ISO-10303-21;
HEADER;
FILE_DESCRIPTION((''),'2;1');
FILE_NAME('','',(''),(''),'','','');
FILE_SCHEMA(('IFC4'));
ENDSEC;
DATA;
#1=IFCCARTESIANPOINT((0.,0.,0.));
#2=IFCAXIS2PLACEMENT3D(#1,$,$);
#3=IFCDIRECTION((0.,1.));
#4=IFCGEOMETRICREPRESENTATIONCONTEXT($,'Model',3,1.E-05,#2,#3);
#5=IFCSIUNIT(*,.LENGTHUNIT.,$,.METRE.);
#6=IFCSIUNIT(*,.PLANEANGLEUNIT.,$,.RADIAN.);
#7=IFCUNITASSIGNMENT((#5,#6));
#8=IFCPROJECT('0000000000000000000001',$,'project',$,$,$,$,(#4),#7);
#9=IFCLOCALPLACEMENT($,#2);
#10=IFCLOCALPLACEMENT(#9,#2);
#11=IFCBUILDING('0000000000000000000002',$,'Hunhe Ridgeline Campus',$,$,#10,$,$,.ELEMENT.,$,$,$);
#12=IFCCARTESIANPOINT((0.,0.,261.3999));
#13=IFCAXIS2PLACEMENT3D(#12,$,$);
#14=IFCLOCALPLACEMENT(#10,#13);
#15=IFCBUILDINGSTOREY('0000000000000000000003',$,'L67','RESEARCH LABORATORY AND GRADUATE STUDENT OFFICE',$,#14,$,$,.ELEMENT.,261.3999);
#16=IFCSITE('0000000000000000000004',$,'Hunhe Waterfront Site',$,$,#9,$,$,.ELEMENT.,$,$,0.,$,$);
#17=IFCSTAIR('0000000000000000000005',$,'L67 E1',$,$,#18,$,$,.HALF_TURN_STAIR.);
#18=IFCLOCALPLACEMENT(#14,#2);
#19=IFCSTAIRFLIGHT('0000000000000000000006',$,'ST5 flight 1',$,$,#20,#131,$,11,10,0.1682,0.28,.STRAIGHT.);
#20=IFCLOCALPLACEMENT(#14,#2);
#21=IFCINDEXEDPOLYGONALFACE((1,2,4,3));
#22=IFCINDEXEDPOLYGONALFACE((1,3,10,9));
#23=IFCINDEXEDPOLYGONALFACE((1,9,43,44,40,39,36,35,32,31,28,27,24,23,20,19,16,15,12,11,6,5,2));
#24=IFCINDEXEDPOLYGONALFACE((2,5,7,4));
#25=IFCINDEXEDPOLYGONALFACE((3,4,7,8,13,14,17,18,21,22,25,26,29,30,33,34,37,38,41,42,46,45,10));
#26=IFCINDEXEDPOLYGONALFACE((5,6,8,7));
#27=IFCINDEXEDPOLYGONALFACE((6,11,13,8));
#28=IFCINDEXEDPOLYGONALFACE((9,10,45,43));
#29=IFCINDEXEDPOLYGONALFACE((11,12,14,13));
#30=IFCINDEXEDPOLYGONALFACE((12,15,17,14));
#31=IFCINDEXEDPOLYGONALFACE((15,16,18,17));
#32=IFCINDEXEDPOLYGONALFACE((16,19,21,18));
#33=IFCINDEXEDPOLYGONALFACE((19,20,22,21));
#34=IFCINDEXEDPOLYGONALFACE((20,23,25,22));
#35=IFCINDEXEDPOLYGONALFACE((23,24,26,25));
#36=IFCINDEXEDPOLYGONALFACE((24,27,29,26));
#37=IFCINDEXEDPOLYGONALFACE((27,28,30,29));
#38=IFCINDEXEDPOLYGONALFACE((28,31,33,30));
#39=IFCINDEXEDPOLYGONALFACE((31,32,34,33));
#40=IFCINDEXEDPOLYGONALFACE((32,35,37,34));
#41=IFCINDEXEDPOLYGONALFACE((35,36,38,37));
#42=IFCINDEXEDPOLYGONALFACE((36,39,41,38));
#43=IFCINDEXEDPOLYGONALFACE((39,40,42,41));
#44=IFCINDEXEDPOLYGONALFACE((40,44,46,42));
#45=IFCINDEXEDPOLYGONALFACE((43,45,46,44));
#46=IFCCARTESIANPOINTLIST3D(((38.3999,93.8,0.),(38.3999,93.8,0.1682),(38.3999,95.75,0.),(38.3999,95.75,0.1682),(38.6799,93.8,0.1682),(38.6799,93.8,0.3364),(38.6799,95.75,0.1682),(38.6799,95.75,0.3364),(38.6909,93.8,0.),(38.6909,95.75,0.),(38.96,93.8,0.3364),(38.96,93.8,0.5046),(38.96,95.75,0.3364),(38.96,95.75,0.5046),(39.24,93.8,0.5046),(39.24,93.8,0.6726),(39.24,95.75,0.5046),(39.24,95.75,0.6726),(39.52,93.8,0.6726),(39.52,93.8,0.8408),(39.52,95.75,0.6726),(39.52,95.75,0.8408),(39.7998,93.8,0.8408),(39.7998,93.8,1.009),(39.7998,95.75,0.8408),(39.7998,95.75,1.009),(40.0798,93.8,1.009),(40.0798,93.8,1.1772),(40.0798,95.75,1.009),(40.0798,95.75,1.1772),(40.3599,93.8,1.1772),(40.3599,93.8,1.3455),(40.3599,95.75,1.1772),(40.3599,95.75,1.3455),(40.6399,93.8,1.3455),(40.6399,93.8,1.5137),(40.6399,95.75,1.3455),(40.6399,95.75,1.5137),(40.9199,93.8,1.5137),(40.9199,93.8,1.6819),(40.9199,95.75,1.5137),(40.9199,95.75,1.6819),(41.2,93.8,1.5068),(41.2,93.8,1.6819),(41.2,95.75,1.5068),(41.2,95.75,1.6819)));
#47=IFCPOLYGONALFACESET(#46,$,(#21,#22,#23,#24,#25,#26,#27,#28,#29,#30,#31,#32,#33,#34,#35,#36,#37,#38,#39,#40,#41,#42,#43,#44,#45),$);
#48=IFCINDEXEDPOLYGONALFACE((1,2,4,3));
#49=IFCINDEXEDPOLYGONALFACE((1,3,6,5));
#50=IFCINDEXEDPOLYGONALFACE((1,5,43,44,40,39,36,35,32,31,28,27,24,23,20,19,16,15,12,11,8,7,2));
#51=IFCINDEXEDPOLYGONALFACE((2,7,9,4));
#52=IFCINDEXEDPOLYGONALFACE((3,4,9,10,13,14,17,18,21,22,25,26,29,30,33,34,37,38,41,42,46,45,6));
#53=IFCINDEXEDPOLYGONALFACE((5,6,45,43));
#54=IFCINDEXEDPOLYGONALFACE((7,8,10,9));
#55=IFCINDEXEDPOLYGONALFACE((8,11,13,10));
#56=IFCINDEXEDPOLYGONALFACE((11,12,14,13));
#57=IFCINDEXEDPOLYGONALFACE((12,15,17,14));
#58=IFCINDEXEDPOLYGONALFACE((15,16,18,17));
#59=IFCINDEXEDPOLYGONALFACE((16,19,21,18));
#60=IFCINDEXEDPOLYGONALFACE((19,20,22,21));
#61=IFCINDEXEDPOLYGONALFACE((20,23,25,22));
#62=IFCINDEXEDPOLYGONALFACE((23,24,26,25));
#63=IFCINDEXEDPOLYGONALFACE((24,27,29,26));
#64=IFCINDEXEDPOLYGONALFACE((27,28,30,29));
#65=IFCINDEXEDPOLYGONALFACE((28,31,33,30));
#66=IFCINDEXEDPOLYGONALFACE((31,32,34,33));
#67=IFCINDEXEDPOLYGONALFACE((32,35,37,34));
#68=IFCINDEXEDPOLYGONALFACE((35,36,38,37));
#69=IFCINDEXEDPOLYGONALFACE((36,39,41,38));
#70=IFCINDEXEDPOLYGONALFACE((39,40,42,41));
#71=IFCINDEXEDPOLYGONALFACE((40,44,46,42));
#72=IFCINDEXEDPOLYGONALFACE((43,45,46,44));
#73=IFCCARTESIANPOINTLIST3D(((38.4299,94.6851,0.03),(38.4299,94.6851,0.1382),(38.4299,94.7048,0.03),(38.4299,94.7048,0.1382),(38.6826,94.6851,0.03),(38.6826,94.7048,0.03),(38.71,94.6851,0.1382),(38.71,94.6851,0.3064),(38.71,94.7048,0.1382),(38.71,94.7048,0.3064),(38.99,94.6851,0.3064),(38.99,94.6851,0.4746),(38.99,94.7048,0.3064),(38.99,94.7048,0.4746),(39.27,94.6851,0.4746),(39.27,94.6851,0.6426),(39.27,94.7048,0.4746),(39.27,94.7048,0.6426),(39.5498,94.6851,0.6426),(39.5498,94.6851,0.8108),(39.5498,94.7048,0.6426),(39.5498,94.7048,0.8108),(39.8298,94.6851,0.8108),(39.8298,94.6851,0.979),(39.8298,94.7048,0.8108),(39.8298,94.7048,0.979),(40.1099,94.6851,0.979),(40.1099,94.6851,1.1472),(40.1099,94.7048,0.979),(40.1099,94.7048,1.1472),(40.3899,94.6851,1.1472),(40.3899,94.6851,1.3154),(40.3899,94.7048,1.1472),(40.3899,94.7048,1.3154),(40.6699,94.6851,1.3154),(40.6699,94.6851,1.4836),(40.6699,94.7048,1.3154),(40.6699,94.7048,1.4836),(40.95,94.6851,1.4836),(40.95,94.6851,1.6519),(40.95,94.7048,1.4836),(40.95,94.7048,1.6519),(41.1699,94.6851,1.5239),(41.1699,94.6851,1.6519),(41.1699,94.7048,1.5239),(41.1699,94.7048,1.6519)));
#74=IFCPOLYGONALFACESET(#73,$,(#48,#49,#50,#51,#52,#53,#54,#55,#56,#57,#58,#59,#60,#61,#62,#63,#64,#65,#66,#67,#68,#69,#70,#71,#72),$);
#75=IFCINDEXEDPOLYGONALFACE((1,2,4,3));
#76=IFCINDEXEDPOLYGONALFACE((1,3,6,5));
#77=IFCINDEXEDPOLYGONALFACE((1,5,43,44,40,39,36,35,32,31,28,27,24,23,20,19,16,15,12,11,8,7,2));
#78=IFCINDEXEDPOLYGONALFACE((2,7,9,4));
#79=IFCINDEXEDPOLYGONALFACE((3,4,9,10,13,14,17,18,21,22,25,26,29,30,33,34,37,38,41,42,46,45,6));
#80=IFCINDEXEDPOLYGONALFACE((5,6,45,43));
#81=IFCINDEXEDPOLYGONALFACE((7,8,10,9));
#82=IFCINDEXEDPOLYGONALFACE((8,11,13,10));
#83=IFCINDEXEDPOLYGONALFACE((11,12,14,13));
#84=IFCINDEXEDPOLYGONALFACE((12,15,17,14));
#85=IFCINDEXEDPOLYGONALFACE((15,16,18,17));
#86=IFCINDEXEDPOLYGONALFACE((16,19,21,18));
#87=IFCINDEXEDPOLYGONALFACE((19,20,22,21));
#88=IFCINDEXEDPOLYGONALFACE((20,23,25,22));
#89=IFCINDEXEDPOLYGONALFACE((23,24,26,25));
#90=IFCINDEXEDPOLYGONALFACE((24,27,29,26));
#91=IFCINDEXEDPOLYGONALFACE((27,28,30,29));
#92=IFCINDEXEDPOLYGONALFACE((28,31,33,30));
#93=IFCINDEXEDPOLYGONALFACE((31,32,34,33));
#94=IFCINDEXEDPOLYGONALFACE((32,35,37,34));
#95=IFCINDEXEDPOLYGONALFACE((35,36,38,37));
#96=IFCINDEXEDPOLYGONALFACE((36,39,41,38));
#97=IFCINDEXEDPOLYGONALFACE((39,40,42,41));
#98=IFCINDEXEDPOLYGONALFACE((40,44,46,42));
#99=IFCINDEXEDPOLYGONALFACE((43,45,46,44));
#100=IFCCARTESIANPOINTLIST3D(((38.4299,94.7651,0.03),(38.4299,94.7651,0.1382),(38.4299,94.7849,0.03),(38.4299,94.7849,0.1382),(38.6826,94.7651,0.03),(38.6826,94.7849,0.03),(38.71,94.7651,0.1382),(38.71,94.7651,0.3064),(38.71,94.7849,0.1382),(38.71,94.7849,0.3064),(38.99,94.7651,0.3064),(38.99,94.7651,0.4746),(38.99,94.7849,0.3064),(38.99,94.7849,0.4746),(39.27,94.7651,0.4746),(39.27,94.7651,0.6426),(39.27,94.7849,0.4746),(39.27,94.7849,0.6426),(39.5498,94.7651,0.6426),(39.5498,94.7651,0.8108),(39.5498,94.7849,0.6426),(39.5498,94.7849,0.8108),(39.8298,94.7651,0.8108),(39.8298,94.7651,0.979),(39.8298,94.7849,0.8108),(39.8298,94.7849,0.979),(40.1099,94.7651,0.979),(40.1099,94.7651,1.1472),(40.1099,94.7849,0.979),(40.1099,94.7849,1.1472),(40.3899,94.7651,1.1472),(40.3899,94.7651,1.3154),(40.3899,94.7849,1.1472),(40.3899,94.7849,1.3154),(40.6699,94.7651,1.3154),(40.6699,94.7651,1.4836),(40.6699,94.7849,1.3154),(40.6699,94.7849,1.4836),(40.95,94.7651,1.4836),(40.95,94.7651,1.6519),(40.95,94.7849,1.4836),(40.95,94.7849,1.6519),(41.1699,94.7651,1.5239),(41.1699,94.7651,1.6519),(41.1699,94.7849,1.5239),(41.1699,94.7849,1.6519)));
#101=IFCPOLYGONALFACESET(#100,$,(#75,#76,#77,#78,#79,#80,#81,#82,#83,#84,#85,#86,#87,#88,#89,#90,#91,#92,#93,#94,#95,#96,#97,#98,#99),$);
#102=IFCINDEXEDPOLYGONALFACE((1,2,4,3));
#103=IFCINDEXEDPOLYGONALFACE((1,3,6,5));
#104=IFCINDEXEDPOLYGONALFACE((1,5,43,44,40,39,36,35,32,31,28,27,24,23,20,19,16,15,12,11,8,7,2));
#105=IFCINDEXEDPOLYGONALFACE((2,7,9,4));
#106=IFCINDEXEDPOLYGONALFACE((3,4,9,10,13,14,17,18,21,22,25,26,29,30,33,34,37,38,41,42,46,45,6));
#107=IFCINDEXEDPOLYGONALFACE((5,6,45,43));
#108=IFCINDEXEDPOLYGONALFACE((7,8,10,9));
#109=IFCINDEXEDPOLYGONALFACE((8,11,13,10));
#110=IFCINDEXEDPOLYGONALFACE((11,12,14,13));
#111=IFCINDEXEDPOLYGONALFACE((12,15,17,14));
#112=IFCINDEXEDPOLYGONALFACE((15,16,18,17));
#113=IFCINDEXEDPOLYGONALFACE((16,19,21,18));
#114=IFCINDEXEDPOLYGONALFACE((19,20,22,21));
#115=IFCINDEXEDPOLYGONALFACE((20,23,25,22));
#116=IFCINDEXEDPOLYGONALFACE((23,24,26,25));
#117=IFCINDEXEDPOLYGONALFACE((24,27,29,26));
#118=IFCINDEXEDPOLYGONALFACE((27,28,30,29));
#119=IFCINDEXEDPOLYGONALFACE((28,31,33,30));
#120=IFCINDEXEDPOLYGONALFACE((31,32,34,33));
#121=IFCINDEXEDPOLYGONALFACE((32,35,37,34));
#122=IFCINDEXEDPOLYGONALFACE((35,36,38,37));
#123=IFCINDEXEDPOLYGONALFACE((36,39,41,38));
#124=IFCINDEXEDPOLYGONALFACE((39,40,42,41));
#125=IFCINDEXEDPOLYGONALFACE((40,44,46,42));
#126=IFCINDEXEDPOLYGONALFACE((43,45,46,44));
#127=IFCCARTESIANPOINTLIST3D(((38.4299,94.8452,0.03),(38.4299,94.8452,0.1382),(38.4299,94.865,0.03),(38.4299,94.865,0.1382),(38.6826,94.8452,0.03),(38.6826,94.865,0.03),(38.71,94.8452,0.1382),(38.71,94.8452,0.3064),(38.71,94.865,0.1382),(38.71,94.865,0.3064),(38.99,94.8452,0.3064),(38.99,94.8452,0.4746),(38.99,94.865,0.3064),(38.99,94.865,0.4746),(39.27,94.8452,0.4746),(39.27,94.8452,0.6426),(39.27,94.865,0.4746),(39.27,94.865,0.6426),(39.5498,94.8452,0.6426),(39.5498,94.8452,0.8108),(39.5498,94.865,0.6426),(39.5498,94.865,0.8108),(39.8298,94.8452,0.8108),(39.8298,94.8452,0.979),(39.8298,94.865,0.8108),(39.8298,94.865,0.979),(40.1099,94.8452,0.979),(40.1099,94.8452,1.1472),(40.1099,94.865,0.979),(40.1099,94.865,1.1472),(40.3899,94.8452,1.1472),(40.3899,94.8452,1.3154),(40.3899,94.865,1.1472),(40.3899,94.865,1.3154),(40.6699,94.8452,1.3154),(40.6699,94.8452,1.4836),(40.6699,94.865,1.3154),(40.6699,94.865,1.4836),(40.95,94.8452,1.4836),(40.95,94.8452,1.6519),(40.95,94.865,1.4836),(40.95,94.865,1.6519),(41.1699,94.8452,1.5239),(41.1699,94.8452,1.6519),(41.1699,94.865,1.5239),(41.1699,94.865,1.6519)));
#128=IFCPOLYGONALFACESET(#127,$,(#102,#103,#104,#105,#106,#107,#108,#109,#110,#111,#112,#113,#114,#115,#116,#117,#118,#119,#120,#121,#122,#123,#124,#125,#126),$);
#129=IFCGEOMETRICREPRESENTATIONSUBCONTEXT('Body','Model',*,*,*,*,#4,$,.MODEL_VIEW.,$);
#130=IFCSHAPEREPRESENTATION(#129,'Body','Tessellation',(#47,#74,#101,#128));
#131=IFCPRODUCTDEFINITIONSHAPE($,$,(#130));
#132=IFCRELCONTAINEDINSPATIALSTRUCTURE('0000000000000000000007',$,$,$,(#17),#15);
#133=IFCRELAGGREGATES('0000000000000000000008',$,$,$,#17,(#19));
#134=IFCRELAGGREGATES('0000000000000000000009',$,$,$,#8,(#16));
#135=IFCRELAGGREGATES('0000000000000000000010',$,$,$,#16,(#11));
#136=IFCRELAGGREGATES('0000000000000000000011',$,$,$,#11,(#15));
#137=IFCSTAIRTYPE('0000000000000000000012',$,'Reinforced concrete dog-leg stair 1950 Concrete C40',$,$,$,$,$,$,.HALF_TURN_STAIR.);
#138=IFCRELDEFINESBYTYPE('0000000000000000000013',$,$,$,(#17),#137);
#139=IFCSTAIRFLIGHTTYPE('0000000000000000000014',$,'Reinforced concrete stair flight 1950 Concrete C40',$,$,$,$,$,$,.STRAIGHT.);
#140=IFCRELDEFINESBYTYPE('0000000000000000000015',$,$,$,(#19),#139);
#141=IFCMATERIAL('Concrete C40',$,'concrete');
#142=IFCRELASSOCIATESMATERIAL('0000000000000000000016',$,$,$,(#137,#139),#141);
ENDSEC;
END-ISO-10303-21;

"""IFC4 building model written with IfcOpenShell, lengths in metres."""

from ifc_helpers import new_model, si_unit, direction, frame, origin, place, context, subcontext, project, spatial, polyline, outline, extrude, material, type_object, element, aggregate, save


model = new_model("IFC4")

# Units and contexts
model_context = context("Model", 3, precision=1e-05, world=origin(), true_north=direction((0.0, 1.0)))
body_context = subcontext(model_context, "Body", "Model", "MODEL_VIEW")
ifc_project = project(units=[si_unit("LENGTHUNIT", "METRE"), si_unit("PLANEANGLEUNIT", "RADIAN")], contexts=[model_context])

# Site, building, storey
site_placement = place(None, origin())
site = spatial("IfcSite", under=ifc_project, at=site_placement, Name="Hunhe Waterfront Site", CompositionType="ELEMENT", RefElevation=0.0)
building_placement = place(site_placement, origin())
building = spatial("IfcBuilding", under=site, at=building_placement, Name="Hunhe Ridgeline Campus", CompositionType="ELEMENT")
storey_placement = place(building_placement, frame((0.0, 0.0, 261.3999)))
storey = spatial("IfcBuildingStorey", under=building, at=storey_placement, Name="L67", Description="RESEARCH LABORATORY AND GRADUATE STUDENT OFFICE", CompositionType="ELEMENT", Elevation=261.3999)

# Stair, stair flight
ifc_material_1 = material(Name="Concrete C40", Category="concrete")
stair_type = type_object("IfcStairType", Name="Reinforced concrete dog-leg stair 1950 Concrete C40", PredefinedType="HALF_TURN_STAIR", material=ifc_material_1)
stair_placement = place(storey_placement, origin())
stair = element("IfcStair", 1, at=stair_placement, inside=storey, type_object=stair_type, Name="L67 E1", PredefinedType="HALF_TURN_STAIR")
stair_flight_type = type_object("IfcStairFlightType", Name="Reinforced concrete stair flight 1950 Concrete C40", PredefinedType="STRAIGHT", material=ifc_material_1)
stair_flight_1_placement = place(storey_placement, frame((38.3999, 94.7749, 0.0), z_axis=(0.0, 0.0, 1.0), x_axis=(1.0, 0.0, 0.0)))
stair_flight_1 = element("IfcStairFlight", 2, at=stair_flight_1_placement, type_object=stair_flight_type, Name="ST5 flight 1", NumberOfRisers=11, NumberOfTreads=10, PredefinedType="STRAIGHT", RiserHeight=0.1682, TreadLength=0.28, context=body_context, shape_type="SweptSolid", body=[
    extrude(outline(polyline([(0.0, 0.0), (0.0, 0.1682), (0.28, 0.1682), (0.28, 0.3364), (0.5601, 0.3364), (0.5601, 0.5046), (0.8401, 0.5046), (0.8401, 0.6726), (1.1201, 0.6726), (1.1201, 0.8408), (1.3999, 0.8408), (1.3999, 1.009), (1.6799, 1.009), (1.6799, 1.1772), (1.96, 1.1772), (1.96, 1.3455), (2.24, 1.3455), (2.24, 1.5137), (2.52, 1.5137), (2.52, 1.6819), (2.8, 1.6819), (2.8, 1.8501), (2.8, 1.5068), (0.291, 0.0), (0.0, 0.0)])), frame((0.0, 0.9751, 0.0), z_axis=(0.0, -1.0, 0.0), x_axis=(1.0, 0.0, 0.0)), (0.0, 0.0, 1.0), 1.95),
    extrude(outline(polyline([(0.03, 0.03), (0.03, 0.1382), (0.3101, 0.1382), (0.3101, 0.3064), (0.5901, 0.3064), (0.5901, 0.4746), (0.8701, 0.4746), (0.8701, 0.6426), (1.1499, 0.6426), (1.1499, 0.8108), (1.4299, 0.8108), (1.4299, 0.979), (1.71, 0.979), (1.71, 1.1472), (1.99, 1.1472), (1.99, 1.3154), (2.27, 1.3154), (2.27, 1.4836), (2.55, 1.4836), (2.55, 1.6519), (2.77, 1.6519), (2.77, 1.5239), (0.2827, 0.03), (0.03, 0.03)])), frame((0.0, -0.0701, 0.0), z_axis=(0.0, -1.0, 0.0), x_axis=(1.0, 0.0, 0.0)), (0.0, 0.0, 1.0), 0.0198),
    extrude(outline(polyline([(0.03, 0.03), (0.03, 0.1382), (0.3101, 0.1382), (0.3101, 0.3064), (0.5901, 0.3064), (0.5901, 0.4746), (0.8701, 0.4746), (0.8701, 0.6426), (1.1499, 0.6426), (1.1499, 0.8108), (1.4299, 0.8108), (1.4299, 0.979), (1.71, 0.979), (1.71, 1.1472), (1.99, 1.1472), (1.99, 1.3154), (2.27, 1.3154), (2.27, 1.4836), (2.55, 1.4836), (2.55, 1.6519), (2.77, 1.6519), (2.77, 1.5239), (0.2827, 0.03), (0.03, 0.03)])), frame((0.0, 0.01, 0.0), z_axis=(0.0, -1.0, 0.0), x_axis=(1.0, 0.0, 0.0)), (0.0, 0.0, 1.0), 0.0198),
    extrude(outline(polyline([(0.03, 0.03), (0.03, 0.1382), (0.3101, 0.1382), (0.3101, 0.3064), (0.5901, 0.3064), (0.5901, 0.4746), (0.8701, 0.4746), (0.8701, 0.6426), (1.1499, 0.6426), (1.1499, 0.8108), (1.4299, 0.8108), (1.4299, 0.979), (1.71, 0.979), (1.71, 1.1472), (1.99, 1.1472), (1.99, 1.3154), (2.27, 1.3154), (2.27, 1.4836), (2.55, 1.4836), (2.55, 1.6519), (2.77, 1.6519), (2.77, 1.5239), (0.2827, 0.03), (0.03, 0.03)])), frame((0.0, 0.0901, 0.0), z_axis=(0.0, -1.0, 0.0), x_axis=(1.0, 0.0, 0.0)), (0.0, 0.0, 1.0), 0.0198),
])
aggregate(stair, [stair_flight_1])

save(model, "model.ifc")
